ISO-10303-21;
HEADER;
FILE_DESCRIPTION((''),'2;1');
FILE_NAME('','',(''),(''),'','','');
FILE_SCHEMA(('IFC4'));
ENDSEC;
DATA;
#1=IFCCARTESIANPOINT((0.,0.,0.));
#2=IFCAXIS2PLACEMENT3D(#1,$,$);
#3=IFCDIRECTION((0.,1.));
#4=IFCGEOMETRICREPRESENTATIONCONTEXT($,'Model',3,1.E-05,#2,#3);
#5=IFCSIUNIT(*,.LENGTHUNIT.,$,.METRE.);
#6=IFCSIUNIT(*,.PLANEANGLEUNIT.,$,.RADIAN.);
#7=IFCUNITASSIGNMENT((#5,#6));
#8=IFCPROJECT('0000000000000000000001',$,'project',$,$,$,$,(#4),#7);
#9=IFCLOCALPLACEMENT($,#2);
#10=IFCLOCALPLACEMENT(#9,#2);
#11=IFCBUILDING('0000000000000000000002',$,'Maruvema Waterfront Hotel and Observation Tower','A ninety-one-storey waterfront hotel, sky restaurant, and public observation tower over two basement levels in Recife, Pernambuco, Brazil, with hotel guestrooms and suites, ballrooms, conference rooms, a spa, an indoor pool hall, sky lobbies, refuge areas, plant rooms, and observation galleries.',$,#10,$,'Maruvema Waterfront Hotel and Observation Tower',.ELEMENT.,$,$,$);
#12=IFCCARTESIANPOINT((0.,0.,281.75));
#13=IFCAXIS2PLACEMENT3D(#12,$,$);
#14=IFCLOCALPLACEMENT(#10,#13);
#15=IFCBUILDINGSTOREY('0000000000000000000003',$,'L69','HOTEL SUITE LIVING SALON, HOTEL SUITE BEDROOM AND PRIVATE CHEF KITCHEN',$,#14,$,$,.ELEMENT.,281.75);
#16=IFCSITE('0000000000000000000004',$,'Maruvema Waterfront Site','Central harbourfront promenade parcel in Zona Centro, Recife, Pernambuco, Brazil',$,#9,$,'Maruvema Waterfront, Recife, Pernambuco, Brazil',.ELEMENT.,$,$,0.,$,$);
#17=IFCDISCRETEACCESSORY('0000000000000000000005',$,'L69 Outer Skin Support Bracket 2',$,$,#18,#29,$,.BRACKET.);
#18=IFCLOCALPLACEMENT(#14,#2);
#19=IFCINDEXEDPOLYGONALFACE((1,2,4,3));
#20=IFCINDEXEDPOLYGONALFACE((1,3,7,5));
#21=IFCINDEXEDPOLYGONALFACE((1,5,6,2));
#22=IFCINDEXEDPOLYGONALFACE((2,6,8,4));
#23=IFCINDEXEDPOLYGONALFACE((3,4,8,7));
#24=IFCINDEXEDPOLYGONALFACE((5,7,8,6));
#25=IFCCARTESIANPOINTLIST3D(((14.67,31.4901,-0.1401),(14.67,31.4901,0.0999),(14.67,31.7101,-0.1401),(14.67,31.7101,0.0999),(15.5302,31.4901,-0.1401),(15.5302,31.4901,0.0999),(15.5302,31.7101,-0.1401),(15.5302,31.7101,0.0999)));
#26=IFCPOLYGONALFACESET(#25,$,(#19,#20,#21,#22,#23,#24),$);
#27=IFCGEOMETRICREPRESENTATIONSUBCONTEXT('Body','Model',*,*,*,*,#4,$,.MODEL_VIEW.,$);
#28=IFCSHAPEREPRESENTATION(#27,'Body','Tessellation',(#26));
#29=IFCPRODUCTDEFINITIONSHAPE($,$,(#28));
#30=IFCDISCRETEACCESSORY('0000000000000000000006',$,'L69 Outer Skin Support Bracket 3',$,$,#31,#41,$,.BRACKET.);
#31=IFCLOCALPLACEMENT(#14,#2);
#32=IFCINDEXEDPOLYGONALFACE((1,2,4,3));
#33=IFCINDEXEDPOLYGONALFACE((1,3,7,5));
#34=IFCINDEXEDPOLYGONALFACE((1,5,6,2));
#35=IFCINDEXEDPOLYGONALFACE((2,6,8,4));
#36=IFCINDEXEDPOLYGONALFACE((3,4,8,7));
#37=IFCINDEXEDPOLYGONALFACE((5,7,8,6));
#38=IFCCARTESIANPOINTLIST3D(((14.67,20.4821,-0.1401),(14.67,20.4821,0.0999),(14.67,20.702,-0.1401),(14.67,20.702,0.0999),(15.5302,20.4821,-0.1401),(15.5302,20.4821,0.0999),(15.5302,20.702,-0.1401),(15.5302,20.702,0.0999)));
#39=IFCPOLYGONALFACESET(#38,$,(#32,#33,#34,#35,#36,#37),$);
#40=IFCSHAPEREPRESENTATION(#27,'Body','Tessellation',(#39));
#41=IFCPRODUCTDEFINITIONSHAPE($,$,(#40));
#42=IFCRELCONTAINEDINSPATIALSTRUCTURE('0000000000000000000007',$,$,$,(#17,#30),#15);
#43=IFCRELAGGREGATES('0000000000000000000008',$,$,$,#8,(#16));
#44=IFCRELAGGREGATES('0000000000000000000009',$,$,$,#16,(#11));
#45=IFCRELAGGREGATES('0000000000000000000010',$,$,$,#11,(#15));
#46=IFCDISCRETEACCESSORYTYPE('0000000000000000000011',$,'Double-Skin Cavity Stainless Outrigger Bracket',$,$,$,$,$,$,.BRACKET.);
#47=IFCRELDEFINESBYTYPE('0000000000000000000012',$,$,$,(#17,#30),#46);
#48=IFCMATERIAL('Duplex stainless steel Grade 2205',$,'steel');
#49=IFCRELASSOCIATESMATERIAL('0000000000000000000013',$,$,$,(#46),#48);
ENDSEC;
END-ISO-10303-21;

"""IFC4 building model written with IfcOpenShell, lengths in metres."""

from ifc_helpers import new_model, si_unit, direction, frame, origin, origin_2d, place, context, subcontext, project, spatial, rectangle, extrude, material, type_object, element, save


model = new_model("IFC4")

# Units and contexts
model_context = context("Model", 3, precision=1e-05, world=origin(), true_north=direction((0.0, 1.0)))
body_context = subcontext(model_context, "Body", "Model", "MODEL_VIEW")
ifc_project = project(units=[si_unit("LENGTHUNIT", "METRE"), si_unit("PLANEANGLEUNIT", "RADIAN")], contexts=[model_context])

# Site, building, storey
site_placement = place(None, origin())
site = spatial("IfcSite", under=ifc_project, at=site_placement, Name="Maruvema Waterfront Site", Description="Central harbourfront promenade parcel in Zona Centro, Recife, Pernambuco, Brazil", LongName="Maruvema Waterfront, Recife, Pernambuco, Brazil", CompositionType="ELEMENT", RefElevation=0.0)
building_placement = place(site_placement, origin())
building = spatial("IfcBuilding", under=site, at=building_placement, Name="Maruvema Waterfront Hotel and Observation Tower", Description="A ninety-one-storey waterfront hotel, sky restaurant, and public observation tower over two basement levels in Recife, Pernambuco, Brazil, with hotel guestrooms and suites, ballrooms, conference rooms, a spa, an indoor pool hall, sky lobbies, refuge areas, plant rooms, and observation galleries.", LongName="Maruvema Waterfront Hotel and Observation Tower", CompositionType="ELEMENT")
storey_placement = place(building_placement, frame((0.0, 0.0, 281.75)))
storey = spatial("IfcBuildingStorey", under=building, at=storey_placement, Name="L69", Description="HOTEL SUITE LIVING SALON, HOTEL SUITE BEDROOM AND PRIVATE CHEF KITCHEN", CompositionType="ELEMENT", Elevation=281.75)

# Discrete accessories
ifc_material_1 = material(Name="Duplex stainless steel Grade 2205", Category="steel")
discrete_accessory_type = type_object("IfcDiscreteAccessoryType", Name="Double-Skin Cavity Stainless Outrigger Bracket", PredefinedType="BRACKET", material=ifc_material_1)
for number, where, z_axis, x_axis, name in (
    (1, (15.1001, 31.6001, -0.1401), (0.0, 0.0, 1.0), (0.0, -1.0, 0.0), "L69 Outer Skin Support Bracket 2"),
    (2, (15.1001, 20.592, -0.1401), (0.0, 0.0, 1.0), (0.0, -1.0, 0.0), "L69 Outer Skin Support Bracket 3"),
):
    element("IfcDiscreteAccessory", number, at=place(storey_placement, frame(where, z_axis=z_axis, x_axis=x_axis)), inside=storey, type_object=discrete_accessory_type, Name=name, PredefinedType="BRACKET", context=body_context, shape_type="SweptSolid", body=[
        extrude(rectangle(XDim=0.22, YDim=0.8601, at=origin_2d()), origin(), (0.0, 0.0, 1.0), 0.24),
    ])

save(model, "model.ifc")
